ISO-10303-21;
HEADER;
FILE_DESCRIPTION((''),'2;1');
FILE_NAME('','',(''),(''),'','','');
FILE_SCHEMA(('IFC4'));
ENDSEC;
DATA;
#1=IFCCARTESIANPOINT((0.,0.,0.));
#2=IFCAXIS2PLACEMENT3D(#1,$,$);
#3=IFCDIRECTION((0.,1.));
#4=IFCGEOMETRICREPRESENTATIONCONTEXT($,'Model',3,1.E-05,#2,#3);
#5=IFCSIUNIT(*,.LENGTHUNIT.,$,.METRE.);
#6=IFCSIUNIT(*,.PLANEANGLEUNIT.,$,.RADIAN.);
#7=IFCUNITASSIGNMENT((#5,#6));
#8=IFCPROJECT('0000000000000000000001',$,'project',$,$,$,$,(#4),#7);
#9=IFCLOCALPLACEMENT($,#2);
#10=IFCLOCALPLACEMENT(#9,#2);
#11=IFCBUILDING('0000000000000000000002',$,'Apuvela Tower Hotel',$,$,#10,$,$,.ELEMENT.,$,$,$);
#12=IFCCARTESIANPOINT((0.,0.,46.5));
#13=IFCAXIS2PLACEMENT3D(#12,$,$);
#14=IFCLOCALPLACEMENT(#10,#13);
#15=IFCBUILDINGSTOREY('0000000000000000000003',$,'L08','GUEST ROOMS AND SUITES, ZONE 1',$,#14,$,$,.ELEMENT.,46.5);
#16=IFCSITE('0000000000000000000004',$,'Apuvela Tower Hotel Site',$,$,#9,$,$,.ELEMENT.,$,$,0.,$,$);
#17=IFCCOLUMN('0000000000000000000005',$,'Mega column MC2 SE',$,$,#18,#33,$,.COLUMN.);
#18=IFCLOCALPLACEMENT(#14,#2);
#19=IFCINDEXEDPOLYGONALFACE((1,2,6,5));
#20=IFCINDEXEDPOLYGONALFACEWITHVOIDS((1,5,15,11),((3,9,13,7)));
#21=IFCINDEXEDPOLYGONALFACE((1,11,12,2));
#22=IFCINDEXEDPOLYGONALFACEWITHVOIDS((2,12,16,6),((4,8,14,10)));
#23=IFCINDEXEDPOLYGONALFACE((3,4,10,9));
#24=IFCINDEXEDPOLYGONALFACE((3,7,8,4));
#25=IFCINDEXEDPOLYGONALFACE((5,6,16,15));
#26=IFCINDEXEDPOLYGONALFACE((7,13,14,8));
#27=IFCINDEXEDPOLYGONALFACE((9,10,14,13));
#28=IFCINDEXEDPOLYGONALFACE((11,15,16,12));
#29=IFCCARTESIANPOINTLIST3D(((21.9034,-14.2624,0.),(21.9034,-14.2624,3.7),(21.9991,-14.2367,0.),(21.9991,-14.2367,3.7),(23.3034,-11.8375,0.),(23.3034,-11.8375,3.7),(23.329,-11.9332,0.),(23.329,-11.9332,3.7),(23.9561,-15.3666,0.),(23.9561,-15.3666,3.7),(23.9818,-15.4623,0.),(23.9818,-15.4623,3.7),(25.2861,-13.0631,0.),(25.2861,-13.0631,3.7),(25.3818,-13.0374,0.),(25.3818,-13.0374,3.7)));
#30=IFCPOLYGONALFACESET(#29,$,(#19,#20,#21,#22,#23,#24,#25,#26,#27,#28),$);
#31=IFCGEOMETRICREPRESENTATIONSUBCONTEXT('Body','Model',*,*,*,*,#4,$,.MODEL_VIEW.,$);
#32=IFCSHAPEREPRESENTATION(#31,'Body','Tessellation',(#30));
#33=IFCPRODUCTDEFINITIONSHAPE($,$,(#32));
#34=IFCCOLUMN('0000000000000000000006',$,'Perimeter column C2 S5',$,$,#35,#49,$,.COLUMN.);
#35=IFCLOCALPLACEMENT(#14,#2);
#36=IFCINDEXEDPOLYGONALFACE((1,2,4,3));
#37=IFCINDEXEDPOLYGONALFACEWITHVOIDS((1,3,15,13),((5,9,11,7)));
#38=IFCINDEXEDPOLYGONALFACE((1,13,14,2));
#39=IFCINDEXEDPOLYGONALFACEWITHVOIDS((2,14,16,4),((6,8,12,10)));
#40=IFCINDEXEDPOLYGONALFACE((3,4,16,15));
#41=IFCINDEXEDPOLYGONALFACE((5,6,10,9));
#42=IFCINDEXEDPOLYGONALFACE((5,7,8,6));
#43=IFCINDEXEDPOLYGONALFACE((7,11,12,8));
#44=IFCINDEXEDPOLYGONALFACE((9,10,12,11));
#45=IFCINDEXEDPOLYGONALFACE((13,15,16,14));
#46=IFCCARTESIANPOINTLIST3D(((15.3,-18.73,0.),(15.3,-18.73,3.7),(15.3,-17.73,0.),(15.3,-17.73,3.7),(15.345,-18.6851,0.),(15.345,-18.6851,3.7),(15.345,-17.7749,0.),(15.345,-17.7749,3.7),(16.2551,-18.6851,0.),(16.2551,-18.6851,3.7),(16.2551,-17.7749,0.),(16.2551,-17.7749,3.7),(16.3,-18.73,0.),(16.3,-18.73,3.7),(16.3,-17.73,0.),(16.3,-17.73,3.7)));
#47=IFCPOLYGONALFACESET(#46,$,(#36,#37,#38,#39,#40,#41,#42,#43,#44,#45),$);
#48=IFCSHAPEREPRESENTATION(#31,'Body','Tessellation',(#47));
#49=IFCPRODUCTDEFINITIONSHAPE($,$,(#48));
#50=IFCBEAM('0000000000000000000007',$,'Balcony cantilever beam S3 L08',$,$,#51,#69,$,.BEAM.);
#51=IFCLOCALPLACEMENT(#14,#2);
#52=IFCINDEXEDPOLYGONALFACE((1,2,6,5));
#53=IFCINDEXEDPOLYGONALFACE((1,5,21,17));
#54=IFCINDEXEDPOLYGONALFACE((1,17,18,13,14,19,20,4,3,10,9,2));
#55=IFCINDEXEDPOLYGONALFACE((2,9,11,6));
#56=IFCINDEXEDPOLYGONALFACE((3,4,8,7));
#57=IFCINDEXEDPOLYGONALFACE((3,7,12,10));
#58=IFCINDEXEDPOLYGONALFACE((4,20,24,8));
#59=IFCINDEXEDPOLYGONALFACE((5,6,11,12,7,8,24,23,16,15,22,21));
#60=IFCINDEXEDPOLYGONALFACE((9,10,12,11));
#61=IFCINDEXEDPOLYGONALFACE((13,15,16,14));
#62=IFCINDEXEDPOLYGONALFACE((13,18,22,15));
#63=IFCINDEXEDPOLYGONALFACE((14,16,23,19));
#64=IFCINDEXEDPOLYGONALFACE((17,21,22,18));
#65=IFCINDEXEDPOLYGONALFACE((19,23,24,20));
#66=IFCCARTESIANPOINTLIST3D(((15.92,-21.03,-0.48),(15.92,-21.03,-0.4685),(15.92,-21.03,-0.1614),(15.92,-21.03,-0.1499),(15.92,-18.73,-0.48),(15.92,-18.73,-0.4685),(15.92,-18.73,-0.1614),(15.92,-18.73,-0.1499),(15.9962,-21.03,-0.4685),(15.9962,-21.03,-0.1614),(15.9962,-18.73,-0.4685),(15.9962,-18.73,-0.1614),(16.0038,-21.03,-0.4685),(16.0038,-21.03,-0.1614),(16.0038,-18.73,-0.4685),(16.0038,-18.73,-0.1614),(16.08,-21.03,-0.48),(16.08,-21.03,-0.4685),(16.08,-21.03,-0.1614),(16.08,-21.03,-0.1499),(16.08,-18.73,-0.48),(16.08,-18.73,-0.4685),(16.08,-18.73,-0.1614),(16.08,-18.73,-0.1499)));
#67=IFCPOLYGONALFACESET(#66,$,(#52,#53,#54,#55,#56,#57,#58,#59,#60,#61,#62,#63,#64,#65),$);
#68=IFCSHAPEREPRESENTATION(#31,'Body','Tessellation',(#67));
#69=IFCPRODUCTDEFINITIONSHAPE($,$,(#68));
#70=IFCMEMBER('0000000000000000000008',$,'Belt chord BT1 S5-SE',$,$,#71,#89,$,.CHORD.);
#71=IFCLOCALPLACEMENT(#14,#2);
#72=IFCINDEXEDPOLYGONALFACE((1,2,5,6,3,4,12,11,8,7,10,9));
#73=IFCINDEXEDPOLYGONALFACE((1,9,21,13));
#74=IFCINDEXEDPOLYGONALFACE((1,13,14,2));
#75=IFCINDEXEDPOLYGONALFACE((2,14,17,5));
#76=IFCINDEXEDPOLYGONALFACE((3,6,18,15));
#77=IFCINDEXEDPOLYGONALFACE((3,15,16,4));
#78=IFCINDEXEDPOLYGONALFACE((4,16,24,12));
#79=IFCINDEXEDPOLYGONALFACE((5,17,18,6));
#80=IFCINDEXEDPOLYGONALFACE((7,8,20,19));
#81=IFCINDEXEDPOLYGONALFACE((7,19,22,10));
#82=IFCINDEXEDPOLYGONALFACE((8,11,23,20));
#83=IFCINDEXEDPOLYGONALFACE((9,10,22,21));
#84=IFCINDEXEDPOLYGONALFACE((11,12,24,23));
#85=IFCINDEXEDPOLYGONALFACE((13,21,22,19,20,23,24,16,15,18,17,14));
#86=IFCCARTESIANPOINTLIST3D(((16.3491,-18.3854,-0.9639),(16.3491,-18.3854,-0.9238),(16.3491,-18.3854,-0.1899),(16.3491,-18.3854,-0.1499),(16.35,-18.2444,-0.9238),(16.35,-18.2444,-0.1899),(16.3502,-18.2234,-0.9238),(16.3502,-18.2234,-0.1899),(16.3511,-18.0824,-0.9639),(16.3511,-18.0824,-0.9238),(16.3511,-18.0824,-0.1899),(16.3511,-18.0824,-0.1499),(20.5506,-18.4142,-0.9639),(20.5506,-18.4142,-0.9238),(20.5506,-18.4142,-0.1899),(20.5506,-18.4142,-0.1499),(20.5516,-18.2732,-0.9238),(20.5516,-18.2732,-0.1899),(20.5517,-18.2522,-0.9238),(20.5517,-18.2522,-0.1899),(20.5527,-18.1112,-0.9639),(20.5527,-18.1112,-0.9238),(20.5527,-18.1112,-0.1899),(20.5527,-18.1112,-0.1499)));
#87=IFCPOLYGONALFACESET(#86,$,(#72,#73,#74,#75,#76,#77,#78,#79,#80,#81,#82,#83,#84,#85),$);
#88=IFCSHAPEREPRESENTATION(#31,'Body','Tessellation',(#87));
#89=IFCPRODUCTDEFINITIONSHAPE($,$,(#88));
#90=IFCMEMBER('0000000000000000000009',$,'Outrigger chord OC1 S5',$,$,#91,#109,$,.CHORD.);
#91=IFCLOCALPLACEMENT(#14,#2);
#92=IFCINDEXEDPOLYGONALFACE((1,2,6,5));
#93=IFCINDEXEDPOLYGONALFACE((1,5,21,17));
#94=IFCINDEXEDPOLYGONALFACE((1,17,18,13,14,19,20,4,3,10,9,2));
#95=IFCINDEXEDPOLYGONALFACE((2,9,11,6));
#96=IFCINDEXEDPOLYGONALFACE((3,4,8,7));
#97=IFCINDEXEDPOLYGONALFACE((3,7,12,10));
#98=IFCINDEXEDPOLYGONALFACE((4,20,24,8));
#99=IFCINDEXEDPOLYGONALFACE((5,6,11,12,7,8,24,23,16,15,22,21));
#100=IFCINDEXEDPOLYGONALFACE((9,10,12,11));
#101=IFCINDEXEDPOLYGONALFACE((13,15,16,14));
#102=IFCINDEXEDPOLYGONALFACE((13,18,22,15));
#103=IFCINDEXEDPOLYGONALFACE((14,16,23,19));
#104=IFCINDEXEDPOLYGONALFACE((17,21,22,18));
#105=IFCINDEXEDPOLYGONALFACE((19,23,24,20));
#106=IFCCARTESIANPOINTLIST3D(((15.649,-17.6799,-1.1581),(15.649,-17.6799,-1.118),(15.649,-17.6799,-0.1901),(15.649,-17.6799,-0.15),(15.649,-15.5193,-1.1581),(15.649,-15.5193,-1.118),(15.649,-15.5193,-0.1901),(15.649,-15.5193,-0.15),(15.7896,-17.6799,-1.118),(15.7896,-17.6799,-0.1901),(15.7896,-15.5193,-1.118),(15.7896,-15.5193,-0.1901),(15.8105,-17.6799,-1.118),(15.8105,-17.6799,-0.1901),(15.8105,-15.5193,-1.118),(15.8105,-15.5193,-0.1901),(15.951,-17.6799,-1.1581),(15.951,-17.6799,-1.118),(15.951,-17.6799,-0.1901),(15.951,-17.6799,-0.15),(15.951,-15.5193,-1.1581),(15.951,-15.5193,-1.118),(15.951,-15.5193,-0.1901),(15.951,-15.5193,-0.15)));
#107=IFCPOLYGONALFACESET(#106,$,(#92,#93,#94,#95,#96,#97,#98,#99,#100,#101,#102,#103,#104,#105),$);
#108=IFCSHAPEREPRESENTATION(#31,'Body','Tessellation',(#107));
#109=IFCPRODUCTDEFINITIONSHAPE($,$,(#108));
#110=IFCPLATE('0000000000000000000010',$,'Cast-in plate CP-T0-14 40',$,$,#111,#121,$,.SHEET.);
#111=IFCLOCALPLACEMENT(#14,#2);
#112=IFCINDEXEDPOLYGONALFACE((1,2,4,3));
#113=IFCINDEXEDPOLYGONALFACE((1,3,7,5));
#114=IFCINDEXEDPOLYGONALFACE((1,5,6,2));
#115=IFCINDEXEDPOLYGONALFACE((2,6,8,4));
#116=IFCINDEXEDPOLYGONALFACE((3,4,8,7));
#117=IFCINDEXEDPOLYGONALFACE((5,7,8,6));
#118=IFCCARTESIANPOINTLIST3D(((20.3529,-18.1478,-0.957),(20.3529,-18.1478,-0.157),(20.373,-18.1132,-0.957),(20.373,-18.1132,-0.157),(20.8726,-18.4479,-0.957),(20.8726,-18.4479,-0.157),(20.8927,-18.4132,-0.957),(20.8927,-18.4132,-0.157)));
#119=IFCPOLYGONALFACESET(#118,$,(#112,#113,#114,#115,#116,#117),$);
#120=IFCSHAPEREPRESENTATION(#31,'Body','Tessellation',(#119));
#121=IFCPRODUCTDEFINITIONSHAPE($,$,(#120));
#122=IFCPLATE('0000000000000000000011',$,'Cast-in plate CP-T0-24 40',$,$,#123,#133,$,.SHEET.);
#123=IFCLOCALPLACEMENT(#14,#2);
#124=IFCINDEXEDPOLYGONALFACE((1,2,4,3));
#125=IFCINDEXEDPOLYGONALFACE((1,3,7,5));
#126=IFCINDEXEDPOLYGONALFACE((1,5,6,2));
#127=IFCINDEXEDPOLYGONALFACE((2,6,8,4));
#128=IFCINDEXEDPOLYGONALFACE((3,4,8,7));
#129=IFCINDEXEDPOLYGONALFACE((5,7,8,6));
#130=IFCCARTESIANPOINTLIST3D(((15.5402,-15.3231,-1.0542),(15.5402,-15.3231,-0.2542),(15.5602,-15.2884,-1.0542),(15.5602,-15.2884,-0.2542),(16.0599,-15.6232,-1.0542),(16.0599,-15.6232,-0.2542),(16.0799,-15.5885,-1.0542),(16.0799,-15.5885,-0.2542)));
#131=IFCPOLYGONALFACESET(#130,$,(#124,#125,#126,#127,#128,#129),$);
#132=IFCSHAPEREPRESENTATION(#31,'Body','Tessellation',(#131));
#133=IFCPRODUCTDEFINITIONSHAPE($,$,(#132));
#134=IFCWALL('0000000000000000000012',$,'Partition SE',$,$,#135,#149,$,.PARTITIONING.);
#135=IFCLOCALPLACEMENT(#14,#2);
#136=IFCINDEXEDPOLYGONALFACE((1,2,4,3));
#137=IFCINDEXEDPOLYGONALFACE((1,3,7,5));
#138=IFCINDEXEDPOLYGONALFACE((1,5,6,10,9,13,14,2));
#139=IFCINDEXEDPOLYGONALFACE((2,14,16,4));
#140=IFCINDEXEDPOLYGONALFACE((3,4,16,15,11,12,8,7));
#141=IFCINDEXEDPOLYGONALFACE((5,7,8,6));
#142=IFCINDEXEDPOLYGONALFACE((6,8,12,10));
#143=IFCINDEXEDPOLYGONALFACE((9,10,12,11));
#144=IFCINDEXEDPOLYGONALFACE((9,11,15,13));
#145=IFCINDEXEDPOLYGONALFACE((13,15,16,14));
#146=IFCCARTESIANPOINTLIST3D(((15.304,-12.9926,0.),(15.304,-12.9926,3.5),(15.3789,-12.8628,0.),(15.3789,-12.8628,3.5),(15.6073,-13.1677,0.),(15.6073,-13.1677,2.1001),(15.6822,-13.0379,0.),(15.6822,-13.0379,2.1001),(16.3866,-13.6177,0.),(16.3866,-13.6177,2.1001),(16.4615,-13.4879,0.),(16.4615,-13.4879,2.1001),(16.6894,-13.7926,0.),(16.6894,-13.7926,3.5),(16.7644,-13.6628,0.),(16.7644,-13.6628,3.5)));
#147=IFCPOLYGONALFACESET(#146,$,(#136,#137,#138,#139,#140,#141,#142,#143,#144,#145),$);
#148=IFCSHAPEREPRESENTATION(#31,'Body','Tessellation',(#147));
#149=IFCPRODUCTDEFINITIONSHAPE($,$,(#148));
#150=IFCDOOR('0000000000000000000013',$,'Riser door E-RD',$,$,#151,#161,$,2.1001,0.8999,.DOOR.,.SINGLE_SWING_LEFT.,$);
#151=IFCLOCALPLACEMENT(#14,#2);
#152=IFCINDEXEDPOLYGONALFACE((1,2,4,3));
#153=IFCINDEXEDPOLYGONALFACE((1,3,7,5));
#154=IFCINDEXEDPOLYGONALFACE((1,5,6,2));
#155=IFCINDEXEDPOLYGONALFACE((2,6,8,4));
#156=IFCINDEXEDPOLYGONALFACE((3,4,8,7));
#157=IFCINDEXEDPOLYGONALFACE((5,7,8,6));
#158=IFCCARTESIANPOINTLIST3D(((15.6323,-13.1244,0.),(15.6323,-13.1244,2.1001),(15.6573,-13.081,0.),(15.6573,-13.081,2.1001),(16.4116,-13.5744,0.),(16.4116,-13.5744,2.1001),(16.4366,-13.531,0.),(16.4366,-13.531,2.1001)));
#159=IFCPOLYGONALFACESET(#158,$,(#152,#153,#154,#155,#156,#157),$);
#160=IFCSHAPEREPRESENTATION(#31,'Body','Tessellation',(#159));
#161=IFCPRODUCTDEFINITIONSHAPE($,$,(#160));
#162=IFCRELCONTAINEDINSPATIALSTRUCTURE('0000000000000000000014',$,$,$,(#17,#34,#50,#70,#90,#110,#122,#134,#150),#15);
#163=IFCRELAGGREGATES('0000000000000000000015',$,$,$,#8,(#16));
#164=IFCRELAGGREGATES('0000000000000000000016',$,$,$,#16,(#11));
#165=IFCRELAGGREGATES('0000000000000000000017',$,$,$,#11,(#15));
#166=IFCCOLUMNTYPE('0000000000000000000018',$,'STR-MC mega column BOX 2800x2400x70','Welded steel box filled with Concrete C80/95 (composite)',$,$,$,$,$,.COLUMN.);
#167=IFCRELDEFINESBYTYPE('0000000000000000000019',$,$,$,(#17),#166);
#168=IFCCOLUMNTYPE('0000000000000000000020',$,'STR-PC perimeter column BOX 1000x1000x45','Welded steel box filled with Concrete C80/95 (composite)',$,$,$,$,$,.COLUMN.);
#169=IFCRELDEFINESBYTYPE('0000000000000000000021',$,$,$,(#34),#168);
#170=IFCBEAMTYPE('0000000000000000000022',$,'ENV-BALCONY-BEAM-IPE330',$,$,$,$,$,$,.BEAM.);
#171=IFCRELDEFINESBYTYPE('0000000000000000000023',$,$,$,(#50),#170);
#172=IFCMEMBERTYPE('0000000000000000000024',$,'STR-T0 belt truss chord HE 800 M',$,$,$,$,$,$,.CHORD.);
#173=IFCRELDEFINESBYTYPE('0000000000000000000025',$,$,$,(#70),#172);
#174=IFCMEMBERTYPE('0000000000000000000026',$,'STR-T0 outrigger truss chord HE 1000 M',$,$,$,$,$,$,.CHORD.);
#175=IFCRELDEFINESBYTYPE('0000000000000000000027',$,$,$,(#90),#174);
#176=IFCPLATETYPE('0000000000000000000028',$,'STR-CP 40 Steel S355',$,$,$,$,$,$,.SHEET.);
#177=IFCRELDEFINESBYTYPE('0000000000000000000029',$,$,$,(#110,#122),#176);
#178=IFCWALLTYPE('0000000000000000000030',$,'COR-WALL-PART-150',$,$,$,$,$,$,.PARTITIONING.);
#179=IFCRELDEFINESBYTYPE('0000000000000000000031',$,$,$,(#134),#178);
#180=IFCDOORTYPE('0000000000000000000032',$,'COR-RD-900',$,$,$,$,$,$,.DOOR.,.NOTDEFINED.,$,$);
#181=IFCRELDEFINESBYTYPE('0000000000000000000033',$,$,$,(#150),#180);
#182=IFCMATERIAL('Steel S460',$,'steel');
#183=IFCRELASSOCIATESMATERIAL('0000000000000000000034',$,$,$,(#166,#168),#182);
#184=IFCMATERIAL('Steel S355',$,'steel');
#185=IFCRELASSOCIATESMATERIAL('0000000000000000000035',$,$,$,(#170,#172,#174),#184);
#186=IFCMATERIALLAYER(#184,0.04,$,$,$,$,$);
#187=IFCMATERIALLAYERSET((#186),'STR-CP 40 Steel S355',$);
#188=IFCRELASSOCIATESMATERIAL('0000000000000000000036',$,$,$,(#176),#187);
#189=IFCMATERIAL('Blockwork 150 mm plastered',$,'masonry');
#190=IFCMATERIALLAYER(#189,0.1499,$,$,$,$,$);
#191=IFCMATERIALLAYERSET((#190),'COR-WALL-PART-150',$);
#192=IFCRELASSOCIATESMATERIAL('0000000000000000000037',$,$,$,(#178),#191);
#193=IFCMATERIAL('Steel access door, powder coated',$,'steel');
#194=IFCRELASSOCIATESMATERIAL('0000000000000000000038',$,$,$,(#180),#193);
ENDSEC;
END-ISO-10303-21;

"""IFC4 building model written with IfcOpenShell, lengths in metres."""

from ifc_helpers import new_model, si_unit, direction, frame, frame_2d, origin, origin_2d, place, context, subcontext, project, spatial, rectangle, hollow_rectangle, i_section, extrude, material, layer, layer_set, material_profile, profile_set, type_object, element, fill, save


model = new_model("IFC4")

# Units and contexts
model_context = context("Model", 3, precision=1e-05, world=origin(), true_north=direction((0.0, 1.0)))
body_context = subcontext(model_context, "Body", "Model", "MODEL_VIEW")
ifc_project = project(units=[si_unit("LENGTHUNIT", "METRE"), si_unit("PLANEANGLEUNIT", "RADIAN")], contexts=[model_context])

# Site, building, storey
site_placement = place(None, origin())
site = spatial("IfcSite", under=ifc_project, at=site_placement, Name="Apuvela Tower Hotel Site", CompositionType="ELEMENT", RefElevation=0.0)
building_placement = place(site_placement, origin())
building = spatial("IfcBuilding", under=site, at=building_placement, Name="Apuvela Tower Hotel", CompositionType="ELEMENT")
storey_placement = place(building_placement, frame((0.0, 0.0, 46.5)))
storey = spatial("IfcBuildingStorey", under=building, at=storey_placement, Name="L08", Description="GUEST ROOMS AND SUITES, ZONE 1", CompositionType="ELEMENT", Elevation=46.5)

# Columns
ifc_material_1 = material(Name="Steel S460", Category="steel")
ifc_material_profile_1 = material_profile(ifc_material_1, hollow_rectangle(XDim=2.8, YDim=2.3999, WallThickness=0.0701, at=origin_2d()), Name="BOX 2800x2400x70")
ifc_material_2 = material(Name="Concrete C80/95", Category="concrete")
ifc_material_profile_2 = material_profile(ifc_material_2, rectangle(XDim=2.6599, YDim=2.26, at=origin_2d()), Name="Concrete C80/95 infill")
ifc_profile_set_1 = profile_set([ifc_material_profile_1, ifc_material_profile_2], Name="Steel S460")
column_type_1 = type_object("IfcColumnType", Name="STR-MC mega column BOX 2800x2400x70", Description="Welded steel box filled with Concrete C80/95 (composite)", PredefinedType="COLUMN", material=ifc_profile_set_1)
column_1_placement = place(storey_placement, frame((23.6426, -13.6499, 0.0), z_axis=(0.0, 0.0, 1.0), x_axis=(0.5, 0.866025, 0.0)))
element("IfcColumn", 1, at=column_1_placement, inside=storey, type_object=column_type_1, Name="Mega column MC2 SE", PredefinedType="COLUMN", context=body_context, shape_type="SweptSolid", body=[
    extrude(hollow_rectangle(XDim=2.8, YDim=2.3999, WallThickness=0.0701, at=origin_2d()), origin(), (0.0, 0.0, 1.0), 3.7),
])
ifc_material_profile_3 = material_profile(ifc_material_1, hollow_rectangle(XDim=1.0, YDim=1.0, WallThickness=0.0449, at=origin_2d()), Name="BOX 1000x1000x45")
ifc_material_profile_4 = material_profile(ifc_material_2, rectangle(XDim=0.9099, YDim=0.9099, at=origin_2d()), Name="Concrete C80/95 infill")
ifc_profile_set_2 = profile_set([ifc_material_profile_3, ifc_material_profile_4], Name="Steel S460")
column_type_2 = type_object("IfcColumnType", Name="STR-PC perimeter column BOX 1000x1000x45", Description="Welded steel box filled with Concrete C80/95 (composite)", PredefinedType="COLUMN", material=ifc_profile_set_2)
column_2_placement = place(storey_placement, frame((15.8, -18.23, 0.0), z_axis=(0.0, 0.0, 1.0), x_axis=(-1.0, 0.0, 0.0)))
element("IfcColumn", 2, at=column_2_placement, inside=storey, type_object=column_type_2, Name="Perimeter column C2 S5", PredefinedType="COLUMN", context=body_context, shape_type="SweptSolid", body=[
    extrude(hollow_rectangle(XDim=1.0, YDim=1.0, WallThickness=0.0449, at=origin_2d()), origin(), (0.0, 0.0, 1.0), 3.7),
])

# Beam
ifc_material_3 = material(Name="Steel S355", Category="steel")
ifc_material_profile_5 = material_profile(ifc_material_3, i_section(OverallWidth=0.1599, OverallDepth=0.3301, WebThickness=0.0076, FlangeThickness=0.0115, at=origin_2d()), Name="IPE 330")
ifc_profile_set_3 = profile_set([ifc_material_profile_5], Name="Steel S355")
beam_type = type_object("IfcBeamType", Name="ENV-BALCONY-BEAM-IPE330", PredefinedType="BEAM", material=ifc_profile_set_3)
beam_placement = place(storey_placement, frame((16.0, -18.73, -0.3149), z_axis=(0.0, -1.0, 0.0), x_axis=(1.0, 0.0, 0.0)))
element("IfcBeam", 3, at=beam_placement, inside=storey, type_object=beam_type, Name="Balcony cantilever beam S3 L08", PredefinedType="BEAM", context=body_context, shape_type="SweptSolid", body=[
    extrude(i_section(OverallWidth=0.1599, OverallDepth=0.3301, WebThickness=0.0076, FlangeThickness=0.0115, at=origin_2d()), origin(), (0.0, 0.0, 1.0), 2.3),
])

# Members
ifc_material_profile_6 = material_profile(ifc_material_3, i_section(OverallWidth=0.303, OverallDepth=0.814, WebThickness=0.021, FlangeThickness=0.04, at=origin_2d()), Name="HE 800 M")
ifc_profile_set_4 = profile_set([ifc_material_profile_6], Name="Steel S355")
member_type_1 = type_object("IfcMemberType", Name="STR-T0 belt truss chord HE 800 M", PredefinedType="CHORD", material=ifc_profile_set_4)
member_1_placement = place(storey_placement, frame((16.3501, -18.2339, -0.5569), z_axis=(0.999976, -0.006856, 0.0), x_axis=(0.006856, 0.999976, 0.0)))
element("IfcMember", 4, at=member_1_placement, inside=storey, type_object=member_type_1, Name="Belt chord BT1 S5-SE", PredefinedType="CHORD", context=body_context, shape_type="SweptSolid", body=[
    extrude(i_section(OverallWidth=0.303, OverallDepth=0.814, WebThickness=0.021, FlangeThickness=0.04, at=origin_2d()), origin(), (0.0, 0.0, 1.0), 4.2017),
])
ifc_material_profile_7 = material_profile(ifc_material_3, i_section(OverallWidth=0.302, OverallDepth=1.0081, WebThickness=0.021, FlangeThickness=0.04, at=origin_2d()), Name="HE 1000 M")
ifc_profile_set_5 = profile_set([ifc_material_profile_7], Name="Steel S355")
member_type_2 = type_object("IfcMemberType", Name="STR-T0 outrigger truss chord HE 1000 M", PredefinedType="CHORD", material=ifc_profile_set_5)
member_2_placement = place(storey_placement, frame((15.8, -17.6799, -0.6541), z_axis=(0.0, 1.0, 0.0), x_axis=(-1.0, 0.0, 0.0)))
element("IfcMember", 5, at=member_2_placement, inside=storey, type_object=member_type_2, Name="Outrigger chord OC1 S5", PredefinedType="CHORD", context=body_context, shape_type="SweptSolid", body=[
    extrude(i_section(OverallWidth=0.302, OverallDepth=1.0081, WebThickness=0.021, FlangeThickness=0.04, at=origin_2d()), origin(), (0.0, 0.0, 1.0), 2.1606),
])

# Plates
ifc_layer_1 = layer(ifc_material_3, 0.04)
ifc_layer_set_1 = layer_set([ifc_layer_1], Name="STR-CP 40 Steel S355")
plate_type = type_object("IfcPlateType", Name="STR-CP 40 Steel S355", PredefinedType="SHEET", material=ifc_layer_set_1)
for number, where, z_axis, x_axis, name in (
    (6, (20.6228, -18.2805, -0.957), (0.0, 0.0, 1.0), (-0.5, -0.866025, 0.0), "Cast-in plate CP-T0-14 40"),
    (7, (15.8101, -15.4558, -1.0542), (0.0, 0.0, 1.0), (0.5, 0.866025, 0.0), "Cast-in plate CP-T0-24 40"),
):
    element("IfcPlate", number, at=place(storey_placement, frame(where, z_axis=z_axis, x_axis=x_axis)), inside=storey, type_object=plate_type, Name=name, PredefinedType="SHEET", context=body_context, shape_type="SweptSolid", body=[
        extrude(rectangle(XDim=0.04, YDim=0.6001, at=origin_2d()), origin(), (0.0, 0.0, 1.0), 0.8),
    ])

# Wall, opening, door
ifc_material_4 = material(Name="Blockwork 150 mm plastered", Category="masonry")
ifc_layer_2 = layer(ifc_material_4, 0.1499)
ifc_layer_set_2 = layer_set([ifc_layer_2], Name="COR-WALL-PART-150")
wall_type_1 = type_object("IfcWallType", Name="COR-WALL-PART-150", PredefinedType="PARTITIONING", material=ifc_layer_set_2)
wall_1_placement = place(storey_placement, frame((15.3416, -12.9277, 0.0), z_axis=(0.0, 0.0, 1.0), x_axis=(0.86599, -0.500061, 0.0)))
wall_1 = element("IfcWall", 8, at=wall_1_placement, inside=storey, type_object=wall_type_1, Name="Partition SE", PredefinedType="PARTITIONING", context=body_context, shape_type="SweptSolid", body=[
    extrude(rectangle(XDim=1.5999, YDim=0.1499, at=frame_2d((0.7998, 0.0))), origin(), (0.0, 0.0, 1.0), 3.5),
])
opening_1_placement = place(wall_1_placement, frame((0.3501, 0.0, 0.0)))
opening_1 = element("IfcOpeningElement", 9, at=opening_1_placement, cuts=wall_1, PredefinedType="OPENING", context=body_context, shape_type="SweptSolid", body=[
    extrude(rectangle(XDim=0.8999, YDim=2.1001, at=frame_2d((0.45, 1.05))), frame((0.0, 0.085, 0.0), z_axis=(0.0, -1.0, 0.0), x_axis=(1.0, 0.0, 0.0)), (0.0, 0.0, 1.0), 0.1699),
])
ifc_material_5 = material(Name="Steel access door, powder coated", Category="steel")
door_type_1 = type_object("IfcDoorType", Name="COR-RD-900", OperationType="NOTDEFINED", PredefinedType="DOOR", material=ifc_material_5)
door_1_placement = place(opening_1_placement, frame((0.8999, 0.0, 0.0), z_axis=(0.0, 0.0, 1.0), x_axis=(-1.0, 0.0, 0.0)))
door_1 = element("IfcDoor", 10, at=door_1_placement, inside=storey, type_object=door_type_1, Name="Riser door E-RD", OperationType="SINGLE_SWING_LEFT", OverallHeight=2.1001, OverallWidth=0.8999, PredefinedType="DOOR", context=body_context, shape_type="SweptSolid", body=[
    extrude(rectangle(XDim=0.8999, YDim=2.1001, at=frame_2d((0.45, 1.05))), frame((0.0, 0.0249, 0.0), z_axis=(0.0, -1.0, 0.0), x_axis=(1.0, 0.0, 0.0)), (0.0, 0.0, 1.0), 0.05),
])
fill(opening_1, door_1)

save(model, "model.ifc")
